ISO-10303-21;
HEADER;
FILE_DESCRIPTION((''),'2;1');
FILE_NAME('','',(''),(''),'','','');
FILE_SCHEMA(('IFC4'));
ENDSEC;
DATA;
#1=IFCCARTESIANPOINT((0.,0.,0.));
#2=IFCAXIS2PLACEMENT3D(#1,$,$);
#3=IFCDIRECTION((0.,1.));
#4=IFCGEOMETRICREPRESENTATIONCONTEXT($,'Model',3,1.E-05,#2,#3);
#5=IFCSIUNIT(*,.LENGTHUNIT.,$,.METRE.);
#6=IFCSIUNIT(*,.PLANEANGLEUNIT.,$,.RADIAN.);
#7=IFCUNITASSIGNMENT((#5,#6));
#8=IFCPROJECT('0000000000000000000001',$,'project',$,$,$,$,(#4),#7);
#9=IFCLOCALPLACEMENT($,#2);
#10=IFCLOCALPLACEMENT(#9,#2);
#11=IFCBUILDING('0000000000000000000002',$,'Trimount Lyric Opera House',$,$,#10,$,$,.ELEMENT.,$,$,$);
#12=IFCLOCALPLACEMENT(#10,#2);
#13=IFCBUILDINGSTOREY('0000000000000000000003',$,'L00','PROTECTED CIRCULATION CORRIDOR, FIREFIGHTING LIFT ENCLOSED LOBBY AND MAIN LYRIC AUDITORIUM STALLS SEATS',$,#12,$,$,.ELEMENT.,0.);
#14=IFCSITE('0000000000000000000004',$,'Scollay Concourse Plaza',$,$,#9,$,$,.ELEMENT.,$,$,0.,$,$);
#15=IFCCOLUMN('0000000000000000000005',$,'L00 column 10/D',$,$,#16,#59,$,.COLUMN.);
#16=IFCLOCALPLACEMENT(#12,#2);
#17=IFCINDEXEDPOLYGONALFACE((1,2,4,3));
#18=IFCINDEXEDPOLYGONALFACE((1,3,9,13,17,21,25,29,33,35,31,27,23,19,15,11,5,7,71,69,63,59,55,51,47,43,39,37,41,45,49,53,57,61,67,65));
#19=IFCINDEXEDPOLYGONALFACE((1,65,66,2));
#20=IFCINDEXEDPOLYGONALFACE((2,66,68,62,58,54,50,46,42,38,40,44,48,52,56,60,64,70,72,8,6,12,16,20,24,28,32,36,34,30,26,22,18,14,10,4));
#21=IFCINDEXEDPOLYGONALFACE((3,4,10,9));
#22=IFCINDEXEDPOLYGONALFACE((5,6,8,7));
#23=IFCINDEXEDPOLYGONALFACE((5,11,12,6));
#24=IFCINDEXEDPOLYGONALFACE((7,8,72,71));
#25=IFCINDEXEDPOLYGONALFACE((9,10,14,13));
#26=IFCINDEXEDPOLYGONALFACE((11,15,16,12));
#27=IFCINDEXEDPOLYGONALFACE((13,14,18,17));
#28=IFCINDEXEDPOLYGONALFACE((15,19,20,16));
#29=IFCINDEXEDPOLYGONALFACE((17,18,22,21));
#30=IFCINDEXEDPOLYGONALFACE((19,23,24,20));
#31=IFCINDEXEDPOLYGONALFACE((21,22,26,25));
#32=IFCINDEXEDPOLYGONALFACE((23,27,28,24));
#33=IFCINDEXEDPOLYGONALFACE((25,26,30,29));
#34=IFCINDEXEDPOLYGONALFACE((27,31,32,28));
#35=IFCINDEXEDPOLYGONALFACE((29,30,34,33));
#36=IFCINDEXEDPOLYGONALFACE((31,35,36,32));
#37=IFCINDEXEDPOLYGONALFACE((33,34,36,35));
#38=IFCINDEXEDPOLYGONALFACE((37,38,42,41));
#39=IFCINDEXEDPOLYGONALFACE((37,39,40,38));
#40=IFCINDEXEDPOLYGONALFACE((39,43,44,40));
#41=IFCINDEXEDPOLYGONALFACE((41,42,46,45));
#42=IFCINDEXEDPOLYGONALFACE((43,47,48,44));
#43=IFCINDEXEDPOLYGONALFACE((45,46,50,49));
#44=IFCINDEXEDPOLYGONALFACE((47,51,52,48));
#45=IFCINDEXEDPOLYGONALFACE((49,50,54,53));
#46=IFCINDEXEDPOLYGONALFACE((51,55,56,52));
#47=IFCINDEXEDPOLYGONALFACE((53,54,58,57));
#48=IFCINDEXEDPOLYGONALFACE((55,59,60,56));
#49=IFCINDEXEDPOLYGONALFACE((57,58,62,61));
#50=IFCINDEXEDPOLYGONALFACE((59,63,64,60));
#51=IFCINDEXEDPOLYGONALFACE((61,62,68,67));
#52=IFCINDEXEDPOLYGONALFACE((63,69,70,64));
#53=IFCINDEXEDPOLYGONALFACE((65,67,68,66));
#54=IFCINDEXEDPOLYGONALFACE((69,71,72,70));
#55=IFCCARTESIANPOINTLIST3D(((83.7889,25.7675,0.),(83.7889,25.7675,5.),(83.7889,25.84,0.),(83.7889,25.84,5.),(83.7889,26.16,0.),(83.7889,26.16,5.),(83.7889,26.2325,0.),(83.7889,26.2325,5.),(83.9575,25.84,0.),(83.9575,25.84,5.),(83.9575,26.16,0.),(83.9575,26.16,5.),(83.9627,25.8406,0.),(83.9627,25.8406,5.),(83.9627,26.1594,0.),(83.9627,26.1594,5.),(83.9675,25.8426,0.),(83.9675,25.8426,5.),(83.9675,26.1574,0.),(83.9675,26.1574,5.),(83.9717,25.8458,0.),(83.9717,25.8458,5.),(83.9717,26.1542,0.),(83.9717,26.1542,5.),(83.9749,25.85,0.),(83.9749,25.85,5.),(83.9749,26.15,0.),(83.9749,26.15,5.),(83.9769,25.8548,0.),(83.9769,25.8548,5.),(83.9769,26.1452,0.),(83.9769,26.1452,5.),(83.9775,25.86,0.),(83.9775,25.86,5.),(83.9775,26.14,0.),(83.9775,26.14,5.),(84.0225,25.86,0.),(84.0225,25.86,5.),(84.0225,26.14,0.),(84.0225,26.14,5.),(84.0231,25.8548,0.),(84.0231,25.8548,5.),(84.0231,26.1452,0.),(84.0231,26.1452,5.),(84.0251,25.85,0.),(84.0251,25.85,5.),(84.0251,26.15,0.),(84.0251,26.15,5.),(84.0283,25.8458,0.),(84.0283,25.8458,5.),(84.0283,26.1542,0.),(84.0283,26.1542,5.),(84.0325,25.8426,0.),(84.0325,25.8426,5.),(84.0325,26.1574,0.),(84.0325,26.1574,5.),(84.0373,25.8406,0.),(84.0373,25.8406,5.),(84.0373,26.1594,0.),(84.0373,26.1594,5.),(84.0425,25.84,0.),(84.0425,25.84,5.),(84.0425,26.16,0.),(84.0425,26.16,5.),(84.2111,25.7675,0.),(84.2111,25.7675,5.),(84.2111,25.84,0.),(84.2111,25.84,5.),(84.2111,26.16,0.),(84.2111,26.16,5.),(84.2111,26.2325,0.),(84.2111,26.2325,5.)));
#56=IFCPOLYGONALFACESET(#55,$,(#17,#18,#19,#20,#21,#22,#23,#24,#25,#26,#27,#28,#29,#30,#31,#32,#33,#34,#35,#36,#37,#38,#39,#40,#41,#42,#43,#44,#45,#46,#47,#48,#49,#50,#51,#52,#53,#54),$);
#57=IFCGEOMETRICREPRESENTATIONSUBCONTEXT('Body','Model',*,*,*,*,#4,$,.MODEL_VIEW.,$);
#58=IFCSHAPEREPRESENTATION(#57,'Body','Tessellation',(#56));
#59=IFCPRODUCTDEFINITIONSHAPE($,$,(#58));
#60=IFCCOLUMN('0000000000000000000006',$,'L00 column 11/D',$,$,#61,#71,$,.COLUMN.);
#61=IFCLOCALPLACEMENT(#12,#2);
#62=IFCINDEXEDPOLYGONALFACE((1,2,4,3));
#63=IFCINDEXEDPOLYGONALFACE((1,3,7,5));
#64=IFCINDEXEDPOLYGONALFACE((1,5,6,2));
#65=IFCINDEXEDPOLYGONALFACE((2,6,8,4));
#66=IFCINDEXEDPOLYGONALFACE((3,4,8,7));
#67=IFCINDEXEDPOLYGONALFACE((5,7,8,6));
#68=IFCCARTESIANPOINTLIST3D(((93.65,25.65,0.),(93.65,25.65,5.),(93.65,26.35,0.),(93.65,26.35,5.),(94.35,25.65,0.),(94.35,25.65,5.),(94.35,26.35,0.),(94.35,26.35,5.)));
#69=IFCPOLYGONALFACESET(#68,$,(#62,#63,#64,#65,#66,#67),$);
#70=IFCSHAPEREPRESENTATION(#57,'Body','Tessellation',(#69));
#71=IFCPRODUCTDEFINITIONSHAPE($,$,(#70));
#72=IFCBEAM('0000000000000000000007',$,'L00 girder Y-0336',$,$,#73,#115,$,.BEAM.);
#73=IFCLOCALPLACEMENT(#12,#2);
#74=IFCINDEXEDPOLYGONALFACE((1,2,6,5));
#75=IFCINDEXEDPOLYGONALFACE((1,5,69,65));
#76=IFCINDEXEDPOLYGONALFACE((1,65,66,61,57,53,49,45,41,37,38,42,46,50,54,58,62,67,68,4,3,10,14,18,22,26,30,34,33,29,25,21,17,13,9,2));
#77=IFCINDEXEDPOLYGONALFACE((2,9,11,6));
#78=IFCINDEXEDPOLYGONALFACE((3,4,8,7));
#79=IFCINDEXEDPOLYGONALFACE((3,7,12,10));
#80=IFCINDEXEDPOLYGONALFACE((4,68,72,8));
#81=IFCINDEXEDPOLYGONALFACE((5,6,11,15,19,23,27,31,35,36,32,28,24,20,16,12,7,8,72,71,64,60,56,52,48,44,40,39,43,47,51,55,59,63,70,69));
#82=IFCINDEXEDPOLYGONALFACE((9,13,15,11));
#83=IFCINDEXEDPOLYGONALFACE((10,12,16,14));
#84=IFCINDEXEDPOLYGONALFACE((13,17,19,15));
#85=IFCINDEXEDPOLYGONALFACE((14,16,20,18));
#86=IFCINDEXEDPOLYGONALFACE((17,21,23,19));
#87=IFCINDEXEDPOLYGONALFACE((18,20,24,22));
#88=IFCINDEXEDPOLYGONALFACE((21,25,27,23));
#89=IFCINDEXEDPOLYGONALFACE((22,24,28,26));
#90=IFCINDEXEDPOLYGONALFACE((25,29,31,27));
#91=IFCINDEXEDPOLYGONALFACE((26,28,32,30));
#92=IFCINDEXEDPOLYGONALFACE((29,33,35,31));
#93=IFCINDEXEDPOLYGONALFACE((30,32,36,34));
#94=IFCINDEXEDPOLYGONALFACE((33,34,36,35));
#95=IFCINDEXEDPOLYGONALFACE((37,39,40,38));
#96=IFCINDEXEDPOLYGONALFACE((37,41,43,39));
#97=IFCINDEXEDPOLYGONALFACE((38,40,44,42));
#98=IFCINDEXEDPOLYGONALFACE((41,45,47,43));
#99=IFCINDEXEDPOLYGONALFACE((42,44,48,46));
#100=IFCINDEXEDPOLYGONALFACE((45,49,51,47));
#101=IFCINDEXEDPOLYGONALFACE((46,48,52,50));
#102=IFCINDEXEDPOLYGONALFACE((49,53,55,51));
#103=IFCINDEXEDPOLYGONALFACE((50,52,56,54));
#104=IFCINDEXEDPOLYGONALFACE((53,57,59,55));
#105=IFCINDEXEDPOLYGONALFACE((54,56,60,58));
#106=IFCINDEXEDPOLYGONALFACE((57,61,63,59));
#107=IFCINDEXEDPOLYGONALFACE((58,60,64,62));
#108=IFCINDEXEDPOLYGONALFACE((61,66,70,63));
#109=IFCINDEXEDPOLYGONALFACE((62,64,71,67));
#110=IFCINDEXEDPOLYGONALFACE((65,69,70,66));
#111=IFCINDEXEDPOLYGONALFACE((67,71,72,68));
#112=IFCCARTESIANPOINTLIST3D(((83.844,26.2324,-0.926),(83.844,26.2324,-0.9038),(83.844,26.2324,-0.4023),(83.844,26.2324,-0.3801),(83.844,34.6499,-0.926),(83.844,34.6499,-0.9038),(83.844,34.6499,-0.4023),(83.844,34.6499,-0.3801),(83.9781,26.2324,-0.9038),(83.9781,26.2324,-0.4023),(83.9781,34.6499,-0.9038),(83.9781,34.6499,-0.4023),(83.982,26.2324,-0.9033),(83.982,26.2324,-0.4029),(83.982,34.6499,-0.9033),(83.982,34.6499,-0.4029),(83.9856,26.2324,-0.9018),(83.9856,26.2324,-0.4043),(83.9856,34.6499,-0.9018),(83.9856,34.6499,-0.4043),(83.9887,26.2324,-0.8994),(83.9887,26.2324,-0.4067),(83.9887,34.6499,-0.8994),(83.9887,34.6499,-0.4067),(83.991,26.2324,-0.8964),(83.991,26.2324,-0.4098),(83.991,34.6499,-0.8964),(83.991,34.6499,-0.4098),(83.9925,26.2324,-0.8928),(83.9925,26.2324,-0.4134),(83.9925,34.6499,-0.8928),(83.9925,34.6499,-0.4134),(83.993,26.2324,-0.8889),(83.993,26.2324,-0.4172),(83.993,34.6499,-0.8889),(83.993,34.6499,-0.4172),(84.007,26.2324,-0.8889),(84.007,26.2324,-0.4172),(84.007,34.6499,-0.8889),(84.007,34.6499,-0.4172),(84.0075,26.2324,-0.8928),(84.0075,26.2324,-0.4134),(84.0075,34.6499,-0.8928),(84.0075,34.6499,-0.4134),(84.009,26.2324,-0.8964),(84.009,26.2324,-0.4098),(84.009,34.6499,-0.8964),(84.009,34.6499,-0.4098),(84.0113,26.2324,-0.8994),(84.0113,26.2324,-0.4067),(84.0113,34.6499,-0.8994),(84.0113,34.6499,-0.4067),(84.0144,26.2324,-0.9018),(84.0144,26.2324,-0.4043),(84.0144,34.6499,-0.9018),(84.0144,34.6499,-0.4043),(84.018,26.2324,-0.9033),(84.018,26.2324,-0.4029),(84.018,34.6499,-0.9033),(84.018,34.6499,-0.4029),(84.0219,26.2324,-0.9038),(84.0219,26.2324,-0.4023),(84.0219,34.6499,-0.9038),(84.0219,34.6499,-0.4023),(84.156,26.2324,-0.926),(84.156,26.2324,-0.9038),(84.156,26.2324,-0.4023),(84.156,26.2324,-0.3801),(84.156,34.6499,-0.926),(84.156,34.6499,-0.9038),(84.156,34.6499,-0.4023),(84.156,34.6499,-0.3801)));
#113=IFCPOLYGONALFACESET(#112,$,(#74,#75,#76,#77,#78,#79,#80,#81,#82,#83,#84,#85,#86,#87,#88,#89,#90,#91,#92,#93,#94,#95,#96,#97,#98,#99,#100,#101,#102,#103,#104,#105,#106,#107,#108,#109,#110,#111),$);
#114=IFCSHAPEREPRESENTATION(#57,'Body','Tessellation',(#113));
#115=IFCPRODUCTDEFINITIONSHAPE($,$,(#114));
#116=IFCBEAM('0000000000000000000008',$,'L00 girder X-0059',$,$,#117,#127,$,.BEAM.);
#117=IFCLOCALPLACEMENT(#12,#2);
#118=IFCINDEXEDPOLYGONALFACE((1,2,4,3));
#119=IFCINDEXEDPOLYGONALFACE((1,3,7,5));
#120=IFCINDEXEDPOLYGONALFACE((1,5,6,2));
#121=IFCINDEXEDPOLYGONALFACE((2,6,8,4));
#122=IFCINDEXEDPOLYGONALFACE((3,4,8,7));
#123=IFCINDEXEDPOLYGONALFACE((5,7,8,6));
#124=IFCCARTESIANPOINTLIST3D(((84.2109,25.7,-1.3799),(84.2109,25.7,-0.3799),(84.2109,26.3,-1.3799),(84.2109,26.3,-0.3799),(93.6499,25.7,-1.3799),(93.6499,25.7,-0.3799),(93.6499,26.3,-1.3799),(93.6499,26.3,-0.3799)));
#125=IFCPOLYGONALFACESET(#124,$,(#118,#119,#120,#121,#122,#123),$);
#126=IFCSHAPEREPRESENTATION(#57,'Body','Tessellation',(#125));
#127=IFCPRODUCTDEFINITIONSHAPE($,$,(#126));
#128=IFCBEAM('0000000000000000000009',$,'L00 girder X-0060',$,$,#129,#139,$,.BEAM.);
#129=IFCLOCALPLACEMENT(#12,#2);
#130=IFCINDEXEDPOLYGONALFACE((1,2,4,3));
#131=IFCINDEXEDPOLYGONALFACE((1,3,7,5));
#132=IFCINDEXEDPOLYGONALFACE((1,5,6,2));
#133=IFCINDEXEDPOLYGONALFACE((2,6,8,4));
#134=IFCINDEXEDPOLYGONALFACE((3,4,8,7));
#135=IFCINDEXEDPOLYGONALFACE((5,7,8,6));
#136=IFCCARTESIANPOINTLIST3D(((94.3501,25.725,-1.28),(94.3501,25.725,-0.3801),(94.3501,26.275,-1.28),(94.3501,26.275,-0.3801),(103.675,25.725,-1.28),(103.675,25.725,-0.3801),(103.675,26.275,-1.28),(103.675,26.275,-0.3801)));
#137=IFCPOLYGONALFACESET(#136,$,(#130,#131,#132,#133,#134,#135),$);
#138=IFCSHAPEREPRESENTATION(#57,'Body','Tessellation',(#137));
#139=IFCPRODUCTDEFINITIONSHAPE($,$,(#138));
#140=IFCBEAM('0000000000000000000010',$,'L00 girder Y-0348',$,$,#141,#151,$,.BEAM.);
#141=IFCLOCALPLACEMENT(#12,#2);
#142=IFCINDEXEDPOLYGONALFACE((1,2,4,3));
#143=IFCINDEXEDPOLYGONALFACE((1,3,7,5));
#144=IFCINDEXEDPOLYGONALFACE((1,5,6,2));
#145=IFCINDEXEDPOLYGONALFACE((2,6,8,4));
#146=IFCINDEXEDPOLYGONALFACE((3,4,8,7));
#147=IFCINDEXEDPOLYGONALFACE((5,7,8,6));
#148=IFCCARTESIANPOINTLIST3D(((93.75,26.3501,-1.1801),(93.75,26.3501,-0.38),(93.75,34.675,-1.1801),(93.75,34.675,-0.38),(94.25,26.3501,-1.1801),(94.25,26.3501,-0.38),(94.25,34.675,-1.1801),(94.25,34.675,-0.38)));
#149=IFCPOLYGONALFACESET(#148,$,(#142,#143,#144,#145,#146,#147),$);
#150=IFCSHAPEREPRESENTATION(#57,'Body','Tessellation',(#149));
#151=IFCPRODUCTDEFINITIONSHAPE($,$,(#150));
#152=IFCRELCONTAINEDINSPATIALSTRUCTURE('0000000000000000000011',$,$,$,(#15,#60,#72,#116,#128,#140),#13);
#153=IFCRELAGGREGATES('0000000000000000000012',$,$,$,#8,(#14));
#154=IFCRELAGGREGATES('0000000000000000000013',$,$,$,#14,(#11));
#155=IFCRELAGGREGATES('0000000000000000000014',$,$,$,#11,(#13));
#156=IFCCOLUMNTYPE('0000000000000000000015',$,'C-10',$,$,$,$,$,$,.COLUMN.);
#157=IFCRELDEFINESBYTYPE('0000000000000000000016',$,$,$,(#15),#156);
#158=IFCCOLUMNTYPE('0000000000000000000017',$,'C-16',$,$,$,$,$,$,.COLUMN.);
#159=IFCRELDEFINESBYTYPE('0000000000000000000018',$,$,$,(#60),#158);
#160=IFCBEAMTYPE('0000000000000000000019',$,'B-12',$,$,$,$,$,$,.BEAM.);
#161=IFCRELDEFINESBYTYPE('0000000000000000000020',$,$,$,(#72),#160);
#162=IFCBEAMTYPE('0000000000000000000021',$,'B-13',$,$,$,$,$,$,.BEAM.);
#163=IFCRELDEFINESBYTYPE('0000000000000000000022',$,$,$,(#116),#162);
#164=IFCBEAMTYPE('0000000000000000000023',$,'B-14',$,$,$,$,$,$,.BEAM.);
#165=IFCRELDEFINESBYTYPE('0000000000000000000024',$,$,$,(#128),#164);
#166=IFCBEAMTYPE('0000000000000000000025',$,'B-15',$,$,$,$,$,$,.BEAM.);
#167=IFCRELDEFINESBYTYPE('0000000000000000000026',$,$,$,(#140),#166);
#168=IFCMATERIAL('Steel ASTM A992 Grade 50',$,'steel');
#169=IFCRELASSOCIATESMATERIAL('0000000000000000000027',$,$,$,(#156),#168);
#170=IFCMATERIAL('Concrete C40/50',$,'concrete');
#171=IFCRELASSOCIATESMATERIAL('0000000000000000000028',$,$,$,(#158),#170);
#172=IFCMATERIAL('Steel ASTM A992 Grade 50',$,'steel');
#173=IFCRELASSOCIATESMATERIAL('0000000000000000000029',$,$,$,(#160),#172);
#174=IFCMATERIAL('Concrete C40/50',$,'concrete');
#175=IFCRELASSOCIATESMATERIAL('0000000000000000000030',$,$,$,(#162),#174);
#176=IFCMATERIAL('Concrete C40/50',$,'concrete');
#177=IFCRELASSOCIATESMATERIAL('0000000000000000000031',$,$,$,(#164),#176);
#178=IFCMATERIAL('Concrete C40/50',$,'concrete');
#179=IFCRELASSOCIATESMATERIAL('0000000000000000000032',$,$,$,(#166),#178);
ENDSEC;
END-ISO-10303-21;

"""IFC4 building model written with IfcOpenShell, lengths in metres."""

from ifc_helpers import new_model, si_unit, direction, frame, origin, origin_2d, place, context, subcontext, project, spatial, rectangle, i_section, extrude, material, material_profile, profile_set, type_object, element, save


model = new_model("IFC4")

# Units and contexts
model_context = context("Model", 3, precision=1e-05, world=origin(), true_north=direction((0.0, 1.0)))
body_context = subcontext(model_context, "Body", "Model", "MODEL_VIEW")
ifc_project = project(units=[si_unit("LENGTHUNIT", "METRE"), si_unit("PLANEANGLEUNIT", "RADIAN")], contexts=[model_context])

# Site, building, storey
site_placement = place(None, origin())
site = spatial("IfcSite", under=ifc_project, at=site_placement, Name="Scollay Concourse Plaza", CompositionType="ELEMENT", RefElevation=0.0)
building_placement = place(site_placement, origin())
building = spatial("IfcBuilding", under=site, at=building_placement, Name="Trimount Lyric Opera House", CompositionType="ELEMENT")
storey_placement = place(building_placement, origin())
storey = spatial("IfcBuildingStorey", under=building, at=storey_placement, Name="L00", Description="PROTECTED CIRCULATION CORRIDOR, FIREFIGHTING LIFT ENCLOSED LOBBY AND MAIN LYRIC AUDITORIUM STALLS SEATS", CompositionType="ELEMENT", Elevation=0.0)

# Columns
ifc_material_1 = material(Name="Steel ASTM A992 Grade 50", Category="steel")
ifc_material_profile_1 = material_profile(ifc_material_1, i_section(OverallWidth=0.4221, OverallDepth=0.4651, WebThickness=0.0449, FlangeThickness=0.0725, FilletRadius=0.02, at=origin_2d()), Name="W14X398")
ifc_profile_set_1 = profile_set([ifc_material_profile_1], Name="Steel ASTM A992 Grade 50")
column_type_1 = type_object("IfcColumnType", Name="C-10", PredefinedType="COLUMN", material=ifc_profile_set_1)
column_1_placement = place(storey_placement, frame((84.0, 26.0, 0.0), z_axis=(0.0, 0.0, 1.0), x_axis=(1.0, 0.0, 0.0)))
element("IfcColumn", 1, at=column_1_placement, inside=storey, type_object=column_type_1, Name="L00 column 10/D", PredefinedType="COLUMN", context=body_context, shape_type="SweptSolid", body=[
    extrude(i_section(OverallWidth=0.4221, OverallDepth=0.4651, WebThickness=0.0449, FlangeThickness=0.0725, FilletRadius=0.02, at=origin_2d()), origin(), (0.0, 0.0, 1.0), 5.0),
])
ifc_material_2 = material(Name="Concrete C40/50", Category="concrete")
ifc_material_profile_2 = material_profile(ifc_material_2, rectangle(XDim=0.7, YDim=0.7, at=origin_2d()), Name="RC700X700")
ifc_profile_set_2 = profile_set([ifc_material_profile_2], Name="Concrete C40/50")
column_type_2 = type_object("IfcColumnType", Name="C-16", PredefinedType="COLUMN", material=ifc_profile_set_2)
column_2_placement = place(storey_placement, frame((94.0, 26.0, 0.0), z_axis=(0.0, 0.0, 1.0), x_axis=(1.0, 0.0, 0.0)))
element("IfcColumn", 2, at=column_2_placement, inside=storey, type_object=column_type_2, Name="L00 column 11/D", PredefinedType="COLUMN", context=body_context, shape_type="SweptSolid", body=[
    extrude(rectangle(XDim=0.7, YDim=0.7, at=origin_2d()), origin(), (0.0, 0.0, 1.0), 5.0),
])

# Beams
ifc_material_3 = material(Name="Steel ASTM A992 Grade 50", Category="steel")
ifc_material_profile_3 = material_profile(ifc_material_3, i_section(OverallWidth=0.312, OverallDepth=0.5459, WebThickness=0.0139, FlangeThickness=0.0222, FilletRadius=0.0149, at=origin_2d()), Name="W21X111")
ifc_profile_set_3 = profile_set([ifc_material_profile_3], Name="Steel ASTM A992 Grade 50")
beam_type_1 = type_object("IfcBeamType", Name="B-12", PredefinedType="BEAM", material=ifc_profile_set_3)
beam_1_placement = place(storey_placement, frame((84.0, 26.2324, -0.6531), z_axis=(0.0, 1.0, 0.0), x_axis=(-1.0, 0.0, 0.0)))
element("IfcBeam", 3, at=beam_1_placement, inside=storey, type_object=beam_type_1, Name="L00 girder Y-0336", PredefinedType="BEAM", context=body_context, shape_type="SweptSolid", body=[
    extrude(i_section(OverallWidth=0.312, OverallDepth=0.5459, WebThickness=0.0139, FlangeThickness=0.0222, FilletRadius=0.0149, at=origin_2d()), origin(), (0.0, 0.0, 1.0), 8.4175),
])
ifc_material_4 = material(Name="Concrete C40/50", Category="concrete")
ifc_material_profile_4 = material_profile(ifc_material_4, rectangle(XDim=0.6001, YDim=1.0, at=origin_2d()), Name="RC600X1000")
ifc_profile_set_4 = profile_set([ifc_material_profile_4], Name="Concrete C40/50")
beam_type_2 = type_object("IfcBeamType", Name="B-13", PredefinedType="BEAM", material=ifc_profile_set_4)
beam_2_placement = place(storey_placement, frame((84.2109, 26.0, -0.8799), z_axis=(1.0, 0.0, 0.0), x_axis=(0.0, 1.0, 0.0)))
element("IfcBeam", 4, at=beam_2_placement, inside=storey, type_object=beam_type_2, Name="L00 girder X-0059", PredefinedType="BEAM", context=body_context, shape_type="SweptSolid", body=[
    extrude(rectangle(XDim=0.6001, YDim=1.0, at=origin_2d()), origin(), (0.0, 0.0, 1.0), 9.439),
])
ifc_material_5 = material(Name="Concrete C40/50", Category="concrete")
ifc_material_profile_5 = material_profile(ifc_material_5, rectangle(XDim=0.55, YDim=0.8999, at=origin_2d()), Name="RC550X900")
ifc_profile_set_5 = profile_set([ifc_material_profile_5], Name="Concrete C40/50")
beam_type_3 = type_object("IfcBeamType", Name="B-14", PredefinedType="BEAM", material=ifc_profile_set_5)
beam_3_placement = place(storey_placement, frame((94.3501, 26.0, -0.8301), z_axis=(1.0, 0.0, 0.0), x_axis=(0.0, 1.0, 0.0)))
element("IfcBeam", 5, at=beam_3_placement, inside=storey, type_object=beam_type_3, Name="L00 girder X-0060", PredefinedType="BEAM", context=body_context, shape_type="SweptSolid", body=[
    extrude(rectangle(XDim=0.55, YDim=0.8999, at=origin_2d()), origin(), (0.0, 0.0, 1.0), 9.325),
])
ifc_material_6 = material(Name="Concrete C40/50", Category="concrete")
ifc_material_profile_6 = material_profile(ifc_material_6, rectangle(XDim=0.5, YDim=0.8, at=origin_2d()), Name="RC500X800")
ifc_profile_set_6 = profile_set([ifc_material_profile_6], Name="Concrete C40/50")
beam_type_4 = type_object("IfcBeamType", Name="B-15", PredefinedType="BEAM", material=ifc_profile_set_6)
beam_4_placement = place(storey_placement, frame((94.0, 26.3501, -0.78), z_axis=(0.0, 1.0, 0.0), x_axis=(-1.0, 0.0, 0.0)))
element("IfcBeam", 6, at=beam_4_placement, inside=storey, type_object=beam_type_4, Name="L00 girder Y-0348", PredefinedType="BEAM", context=body_context, shape_type="SweptSolid", body=[
    extrude(rectangle(XDim=0.5, YDim=0.8, at=origin_2d()), origin(), (0.0, 0.0, 1.0), 8.325),
])

save(model, "model.ifc")
